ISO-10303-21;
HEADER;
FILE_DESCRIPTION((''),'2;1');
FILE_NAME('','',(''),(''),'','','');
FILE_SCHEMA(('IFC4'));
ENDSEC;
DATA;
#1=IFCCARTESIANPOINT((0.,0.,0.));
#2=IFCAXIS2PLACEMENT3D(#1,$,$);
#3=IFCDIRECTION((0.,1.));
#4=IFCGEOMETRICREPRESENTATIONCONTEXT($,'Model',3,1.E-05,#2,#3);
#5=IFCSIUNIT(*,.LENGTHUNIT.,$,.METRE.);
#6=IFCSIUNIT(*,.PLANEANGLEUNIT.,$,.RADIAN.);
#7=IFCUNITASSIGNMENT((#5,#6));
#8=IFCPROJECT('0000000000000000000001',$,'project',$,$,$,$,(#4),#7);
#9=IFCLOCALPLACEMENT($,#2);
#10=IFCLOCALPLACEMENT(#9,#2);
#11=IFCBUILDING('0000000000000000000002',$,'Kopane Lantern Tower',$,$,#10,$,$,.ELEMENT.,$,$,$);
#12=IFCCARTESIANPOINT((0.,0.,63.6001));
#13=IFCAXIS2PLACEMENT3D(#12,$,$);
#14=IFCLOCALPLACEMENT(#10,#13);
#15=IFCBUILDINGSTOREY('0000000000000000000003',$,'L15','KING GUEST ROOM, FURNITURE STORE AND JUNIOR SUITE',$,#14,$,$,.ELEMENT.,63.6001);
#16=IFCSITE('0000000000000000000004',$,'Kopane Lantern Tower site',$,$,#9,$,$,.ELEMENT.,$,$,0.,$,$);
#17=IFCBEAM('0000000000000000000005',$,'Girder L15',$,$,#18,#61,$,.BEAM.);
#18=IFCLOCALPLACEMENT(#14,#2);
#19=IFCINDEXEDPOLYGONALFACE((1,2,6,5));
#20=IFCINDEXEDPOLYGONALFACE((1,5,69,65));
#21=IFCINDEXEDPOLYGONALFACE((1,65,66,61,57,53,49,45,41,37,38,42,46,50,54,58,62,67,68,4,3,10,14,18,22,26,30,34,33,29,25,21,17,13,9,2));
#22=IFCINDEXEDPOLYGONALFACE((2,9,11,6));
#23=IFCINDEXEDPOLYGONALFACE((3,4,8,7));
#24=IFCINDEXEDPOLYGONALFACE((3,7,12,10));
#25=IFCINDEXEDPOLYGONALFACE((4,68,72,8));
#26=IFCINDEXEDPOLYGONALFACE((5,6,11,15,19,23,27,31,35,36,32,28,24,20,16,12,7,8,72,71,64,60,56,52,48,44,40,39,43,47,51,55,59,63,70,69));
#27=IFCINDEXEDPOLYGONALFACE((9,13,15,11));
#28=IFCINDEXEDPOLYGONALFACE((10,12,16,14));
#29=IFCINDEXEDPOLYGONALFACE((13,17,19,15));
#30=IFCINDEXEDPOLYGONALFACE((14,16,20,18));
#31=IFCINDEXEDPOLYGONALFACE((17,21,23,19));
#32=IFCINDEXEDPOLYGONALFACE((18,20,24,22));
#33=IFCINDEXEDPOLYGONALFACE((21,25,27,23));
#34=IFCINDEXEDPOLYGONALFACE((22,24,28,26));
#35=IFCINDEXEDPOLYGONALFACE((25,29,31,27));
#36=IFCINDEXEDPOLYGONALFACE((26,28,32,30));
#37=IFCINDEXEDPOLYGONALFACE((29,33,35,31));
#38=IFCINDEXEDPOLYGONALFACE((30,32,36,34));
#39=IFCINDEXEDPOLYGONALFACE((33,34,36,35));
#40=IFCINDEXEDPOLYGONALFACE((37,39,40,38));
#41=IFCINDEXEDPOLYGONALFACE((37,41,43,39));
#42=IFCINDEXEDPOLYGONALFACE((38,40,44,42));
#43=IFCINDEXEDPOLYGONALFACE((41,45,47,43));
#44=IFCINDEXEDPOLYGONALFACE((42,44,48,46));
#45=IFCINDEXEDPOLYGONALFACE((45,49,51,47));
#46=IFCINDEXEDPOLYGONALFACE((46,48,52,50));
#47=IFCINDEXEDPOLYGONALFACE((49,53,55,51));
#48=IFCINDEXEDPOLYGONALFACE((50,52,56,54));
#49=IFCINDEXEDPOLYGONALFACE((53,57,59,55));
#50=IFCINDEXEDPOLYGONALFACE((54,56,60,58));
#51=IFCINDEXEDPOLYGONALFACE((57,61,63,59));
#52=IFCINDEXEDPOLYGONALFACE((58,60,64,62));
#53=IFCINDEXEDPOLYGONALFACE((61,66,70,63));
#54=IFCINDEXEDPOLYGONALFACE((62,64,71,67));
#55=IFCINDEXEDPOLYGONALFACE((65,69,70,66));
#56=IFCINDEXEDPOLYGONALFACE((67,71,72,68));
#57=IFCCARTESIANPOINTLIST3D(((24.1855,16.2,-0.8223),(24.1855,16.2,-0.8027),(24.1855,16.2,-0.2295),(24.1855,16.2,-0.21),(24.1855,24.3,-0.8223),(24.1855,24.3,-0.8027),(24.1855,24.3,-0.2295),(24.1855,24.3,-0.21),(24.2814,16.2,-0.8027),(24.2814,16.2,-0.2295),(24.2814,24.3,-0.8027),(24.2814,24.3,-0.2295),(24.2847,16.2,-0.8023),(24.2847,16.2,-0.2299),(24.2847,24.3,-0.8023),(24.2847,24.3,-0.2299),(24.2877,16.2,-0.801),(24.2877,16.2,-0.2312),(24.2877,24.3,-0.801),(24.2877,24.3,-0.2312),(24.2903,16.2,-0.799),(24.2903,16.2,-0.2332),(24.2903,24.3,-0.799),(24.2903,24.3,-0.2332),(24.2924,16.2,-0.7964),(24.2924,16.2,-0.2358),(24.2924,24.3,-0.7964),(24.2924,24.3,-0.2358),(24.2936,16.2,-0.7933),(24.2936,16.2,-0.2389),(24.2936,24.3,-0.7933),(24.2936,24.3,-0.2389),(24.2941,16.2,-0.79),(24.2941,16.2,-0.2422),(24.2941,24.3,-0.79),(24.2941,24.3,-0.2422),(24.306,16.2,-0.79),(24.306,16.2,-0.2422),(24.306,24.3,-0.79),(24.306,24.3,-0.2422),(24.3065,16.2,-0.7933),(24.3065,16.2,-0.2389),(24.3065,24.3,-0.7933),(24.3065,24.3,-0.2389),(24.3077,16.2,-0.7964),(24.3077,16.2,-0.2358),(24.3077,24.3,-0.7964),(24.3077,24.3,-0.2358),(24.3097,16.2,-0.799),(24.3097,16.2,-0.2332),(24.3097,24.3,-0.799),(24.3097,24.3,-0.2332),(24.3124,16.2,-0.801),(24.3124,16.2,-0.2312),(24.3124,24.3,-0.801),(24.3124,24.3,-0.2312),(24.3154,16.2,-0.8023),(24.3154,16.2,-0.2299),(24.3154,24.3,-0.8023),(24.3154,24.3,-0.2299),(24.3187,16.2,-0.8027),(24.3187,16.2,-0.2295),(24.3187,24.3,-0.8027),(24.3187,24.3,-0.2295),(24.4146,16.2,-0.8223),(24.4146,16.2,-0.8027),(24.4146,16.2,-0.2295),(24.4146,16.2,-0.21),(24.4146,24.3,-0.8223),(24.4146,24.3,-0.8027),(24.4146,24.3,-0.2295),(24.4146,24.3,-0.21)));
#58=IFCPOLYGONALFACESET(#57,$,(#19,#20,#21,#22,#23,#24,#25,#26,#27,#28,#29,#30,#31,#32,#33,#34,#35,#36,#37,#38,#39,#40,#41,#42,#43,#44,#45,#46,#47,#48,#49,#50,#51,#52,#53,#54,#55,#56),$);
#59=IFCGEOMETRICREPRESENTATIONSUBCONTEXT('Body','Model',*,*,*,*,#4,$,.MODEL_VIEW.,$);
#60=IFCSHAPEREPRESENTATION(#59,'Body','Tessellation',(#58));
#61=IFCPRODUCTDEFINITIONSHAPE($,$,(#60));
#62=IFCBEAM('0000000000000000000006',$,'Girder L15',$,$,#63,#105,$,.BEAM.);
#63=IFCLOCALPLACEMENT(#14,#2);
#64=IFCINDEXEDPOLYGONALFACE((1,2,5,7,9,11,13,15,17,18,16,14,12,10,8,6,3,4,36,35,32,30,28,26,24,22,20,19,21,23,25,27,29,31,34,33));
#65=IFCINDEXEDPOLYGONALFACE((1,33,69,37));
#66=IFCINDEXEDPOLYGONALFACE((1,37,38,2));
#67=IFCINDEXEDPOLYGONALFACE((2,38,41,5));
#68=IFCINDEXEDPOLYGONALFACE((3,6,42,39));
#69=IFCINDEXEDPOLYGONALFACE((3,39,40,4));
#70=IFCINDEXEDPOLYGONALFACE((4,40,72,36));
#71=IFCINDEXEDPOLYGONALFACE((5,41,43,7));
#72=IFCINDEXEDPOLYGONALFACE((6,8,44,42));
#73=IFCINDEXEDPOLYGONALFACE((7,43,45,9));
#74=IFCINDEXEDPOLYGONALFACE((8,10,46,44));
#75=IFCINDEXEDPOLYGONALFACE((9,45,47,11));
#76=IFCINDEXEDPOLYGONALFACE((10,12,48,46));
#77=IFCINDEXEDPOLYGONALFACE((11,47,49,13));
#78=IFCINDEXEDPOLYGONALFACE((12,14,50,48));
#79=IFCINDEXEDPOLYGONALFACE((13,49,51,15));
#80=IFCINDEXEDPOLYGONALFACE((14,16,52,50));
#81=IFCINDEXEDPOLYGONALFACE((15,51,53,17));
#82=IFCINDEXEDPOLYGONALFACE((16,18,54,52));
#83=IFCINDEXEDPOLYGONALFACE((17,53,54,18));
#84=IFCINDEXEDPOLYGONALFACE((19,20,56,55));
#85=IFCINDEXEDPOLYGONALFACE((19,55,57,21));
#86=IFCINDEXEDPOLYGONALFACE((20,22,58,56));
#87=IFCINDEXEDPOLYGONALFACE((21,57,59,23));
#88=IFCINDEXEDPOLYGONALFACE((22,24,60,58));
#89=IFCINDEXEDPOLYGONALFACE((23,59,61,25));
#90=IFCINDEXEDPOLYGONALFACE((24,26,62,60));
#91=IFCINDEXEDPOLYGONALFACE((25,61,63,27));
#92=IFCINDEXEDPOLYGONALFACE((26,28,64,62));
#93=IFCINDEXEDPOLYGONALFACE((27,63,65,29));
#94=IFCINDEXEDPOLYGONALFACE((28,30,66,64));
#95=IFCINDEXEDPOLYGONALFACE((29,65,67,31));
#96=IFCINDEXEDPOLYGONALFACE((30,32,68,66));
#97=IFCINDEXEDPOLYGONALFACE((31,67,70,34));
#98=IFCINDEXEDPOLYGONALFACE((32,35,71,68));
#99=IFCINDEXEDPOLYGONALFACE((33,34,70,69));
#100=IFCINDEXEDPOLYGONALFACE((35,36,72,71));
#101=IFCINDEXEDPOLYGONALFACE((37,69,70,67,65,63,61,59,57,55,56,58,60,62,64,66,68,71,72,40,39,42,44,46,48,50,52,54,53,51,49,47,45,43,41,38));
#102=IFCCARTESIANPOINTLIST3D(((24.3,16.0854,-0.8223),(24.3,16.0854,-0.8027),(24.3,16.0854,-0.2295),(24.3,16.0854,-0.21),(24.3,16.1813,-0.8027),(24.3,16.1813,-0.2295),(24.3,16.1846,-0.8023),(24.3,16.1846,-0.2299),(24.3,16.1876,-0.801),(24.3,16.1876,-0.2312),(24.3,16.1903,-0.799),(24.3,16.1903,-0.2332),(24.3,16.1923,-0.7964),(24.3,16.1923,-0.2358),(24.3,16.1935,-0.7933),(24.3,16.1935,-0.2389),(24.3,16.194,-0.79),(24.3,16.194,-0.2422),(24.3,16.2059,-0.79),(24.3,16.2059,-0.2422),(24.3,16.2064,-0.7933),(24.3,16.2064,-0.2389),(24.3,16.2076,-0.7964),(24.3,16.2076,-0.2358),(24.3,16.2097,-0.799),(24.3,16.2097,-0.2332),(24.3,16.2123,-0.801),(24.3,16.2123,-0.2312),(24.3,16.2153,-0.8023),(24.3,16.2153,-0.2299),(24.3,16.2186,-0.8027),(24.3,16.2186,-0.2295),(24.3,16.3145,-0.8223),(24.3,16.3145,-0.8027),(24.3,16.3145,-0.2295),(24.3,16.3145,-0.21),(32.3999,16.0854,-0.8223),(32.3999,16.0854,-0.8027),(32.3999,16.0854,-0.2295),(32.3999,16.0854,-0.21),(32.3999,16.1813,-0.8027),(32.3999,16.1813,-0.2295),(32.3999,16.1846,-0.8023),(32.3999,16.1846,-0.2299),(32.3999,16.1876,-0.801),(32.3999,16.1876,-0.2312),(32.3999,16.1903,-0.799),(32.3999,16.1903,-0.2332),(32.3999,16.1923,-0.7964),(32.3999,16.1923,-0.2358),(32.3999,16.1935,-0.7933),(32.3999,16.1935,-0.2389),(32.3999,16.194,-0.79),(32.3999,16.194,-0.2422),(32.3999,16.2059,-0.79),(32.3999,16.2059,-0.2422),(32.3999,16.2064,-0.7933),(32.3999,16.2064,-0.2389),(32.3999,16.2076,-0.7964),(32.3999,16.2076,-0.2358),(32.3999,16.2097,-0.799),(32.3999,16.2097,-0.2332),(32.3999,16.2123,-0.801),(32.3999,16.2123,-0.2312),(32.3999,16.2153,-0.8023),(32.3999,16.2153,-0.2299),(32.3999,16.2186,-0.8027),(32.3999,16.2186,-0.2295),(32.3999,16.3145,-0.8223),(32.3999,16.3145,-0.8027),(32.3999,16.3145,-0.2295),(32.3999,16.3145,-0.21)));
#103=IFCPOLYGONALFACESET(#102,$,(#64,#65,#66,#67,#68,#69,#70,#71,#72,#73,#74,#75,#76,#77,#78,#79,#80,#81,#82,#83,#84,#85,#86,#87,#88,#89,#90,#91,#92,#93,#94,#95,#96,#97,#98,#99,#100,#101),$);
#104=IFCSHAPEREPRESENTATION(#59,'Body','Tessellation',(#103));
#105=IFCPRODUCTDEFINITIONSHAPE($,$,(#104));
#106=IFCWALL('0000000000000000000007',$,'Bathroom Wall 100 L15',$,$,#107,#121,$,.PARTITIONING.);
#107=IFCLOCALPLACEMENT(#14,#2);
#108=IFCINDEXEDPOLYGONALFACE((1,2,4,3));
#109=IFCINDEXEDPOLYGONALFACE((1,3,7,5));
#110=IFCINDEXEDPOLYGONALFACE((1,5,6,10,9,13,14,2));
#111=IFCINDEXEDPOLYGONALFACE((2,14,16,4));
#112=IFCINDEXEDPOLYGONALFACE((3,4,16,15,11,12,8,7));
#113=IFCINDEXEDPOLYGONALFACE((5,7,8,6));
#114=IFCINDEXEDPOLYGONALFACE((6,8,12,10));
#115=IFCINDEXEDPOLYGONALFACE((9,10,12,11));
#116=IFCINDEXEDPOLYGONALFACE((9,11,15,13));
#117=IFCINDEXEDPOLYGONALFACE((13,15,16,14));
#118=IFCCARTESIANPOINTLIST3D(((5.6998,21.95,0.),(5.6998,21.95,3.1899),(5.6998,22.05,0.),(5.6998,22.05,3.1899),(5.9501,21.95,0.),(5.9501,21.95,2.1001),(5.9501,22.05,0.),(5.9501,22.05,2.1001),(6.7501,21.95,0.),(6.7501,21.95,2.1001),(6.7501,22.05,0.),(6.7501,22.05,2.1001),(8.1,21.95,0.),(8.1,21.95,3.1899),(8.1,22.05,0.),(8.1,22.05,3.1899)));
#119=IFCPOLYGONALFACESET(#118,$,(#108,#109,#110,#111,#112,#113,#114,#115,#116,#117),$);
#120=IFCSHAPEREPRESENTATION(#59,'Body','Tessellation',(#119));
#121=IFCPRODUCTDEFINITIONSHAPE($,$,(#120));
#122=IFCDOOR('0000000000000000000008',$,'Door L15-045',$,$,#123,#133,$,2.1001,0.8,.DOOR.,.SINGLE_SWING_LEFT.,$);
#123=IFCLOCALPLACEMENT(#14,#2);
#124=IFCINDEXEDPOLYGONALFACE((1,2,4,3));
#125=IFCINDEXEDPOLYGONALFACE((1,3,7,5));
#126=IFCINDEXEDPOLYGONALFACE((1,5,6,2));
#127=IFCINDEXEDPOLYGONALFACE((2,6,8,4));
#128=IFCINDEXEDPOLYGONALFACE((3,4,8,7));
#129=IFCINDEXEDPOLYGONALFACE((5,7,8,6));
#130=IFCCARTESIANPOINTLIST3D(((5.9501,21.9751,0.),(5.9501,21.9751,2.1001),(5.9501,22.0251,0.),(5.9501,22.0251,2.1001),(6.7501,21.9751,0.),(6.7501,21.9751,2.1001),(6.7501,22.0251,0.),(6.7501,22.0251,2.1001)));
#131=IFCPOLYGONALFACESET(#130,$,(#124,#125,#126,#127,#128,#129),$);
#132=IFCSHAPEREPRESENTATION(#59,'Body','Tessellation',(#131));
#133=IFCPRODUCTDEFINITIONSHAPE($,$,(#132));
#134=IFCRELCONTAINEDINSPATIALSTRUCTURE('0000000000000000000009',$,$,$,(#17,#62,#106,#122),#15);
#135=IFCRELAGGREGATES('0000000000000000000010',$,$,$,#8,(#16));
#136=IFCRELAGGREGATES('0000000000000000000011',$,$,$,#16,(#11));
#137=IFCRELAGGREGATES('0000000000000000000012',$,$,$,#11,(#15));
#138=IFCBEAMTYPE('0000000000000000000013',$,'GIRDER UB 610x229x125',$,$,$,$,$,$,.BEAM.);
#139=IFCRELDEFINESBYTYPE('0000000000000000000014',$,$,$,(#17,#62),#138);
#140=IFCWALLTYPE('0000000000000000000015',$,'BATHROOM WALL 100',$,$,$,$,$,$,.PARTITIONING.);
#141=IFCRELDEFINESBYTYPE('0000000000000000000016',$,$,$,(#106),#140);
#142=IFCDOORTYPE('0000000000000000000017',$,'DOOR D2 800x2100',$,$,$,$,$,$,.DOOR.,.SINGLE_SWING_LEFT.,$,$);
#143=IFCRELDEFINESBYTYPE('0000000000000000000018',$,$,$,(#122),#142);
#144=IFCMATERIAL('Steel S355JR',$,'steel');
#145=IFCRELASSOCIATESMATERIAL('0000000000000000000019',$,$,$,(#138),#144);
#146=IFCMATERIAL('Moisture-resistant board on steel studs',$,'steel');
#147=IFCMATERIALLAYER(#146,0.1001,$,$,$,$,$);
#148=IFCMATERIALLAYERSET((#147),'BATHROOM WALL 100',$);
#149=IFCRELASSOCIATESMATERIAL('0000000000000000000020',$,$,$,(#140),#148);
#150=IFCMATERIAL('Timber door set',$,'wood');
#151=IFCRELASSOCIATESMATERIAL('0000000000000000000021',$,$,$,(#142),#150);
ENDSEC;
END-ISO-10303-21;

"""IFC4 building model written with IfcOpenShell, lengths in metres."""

from ifc_helpers import new_model, si_unit, direction, frame, frame_2d, origin, origin_2d, place, context, subcontext, project, spatial, rectangle, i_section, extrude, material, layer, layer_set, material_profile, profile_set, type_object, element, fill, save


model = new_model("IFC4")

# Units and contexts
model_context = context("Model", 3, precision=1e-05, world=origin(), true_north=direction((0.0, 1.0)))
body_context = subcontext(model_context, "Body", "Model", "MODEL_VIEW")
ifc_project = project(units=[si_unit("LENGTHUNIT", "METRE"), si_unit("PLANEANGLEUNIT", "RADIAN")], contexts=[model_context])

# Site, building, storey
site_placement = place(None, origin())
site = spatial("IfcSite", under=ifc_project, at=site_placement, Name="Kopane Lantern Tower site", CompositionType="ELEMENT", RefElevation=0.0)
building_placement = place(site_placement, origin())
building = spatial("IfcBuilding", under=site, at=building_placement, Name="Kopane Lantern Tower", CompositionType="ELEMENT")
storey_placement = place(building_placement, frame((0.0, 0.0, 63.6001)))
storey = spatial("IfcBuildingStorey", under=building, at=storey_placement, Name="L15", Description="KING GUEST ROOM, FURNITURE STORE AND JUNIOR SUITE", CompositionType="ELEMENT", Elevation=63.6001)

# Beams
ifc_material_1 = material(Name="Steel S355JR", Category="steel")
ifc_material_profile_1 = material_profile(ifc_material_1, i_section(OverallWidth=0.229, OverallDepth=0.6123, WebThickness=0.012, FlangeThickness=0.0195, FilletRadius=0.0127, at=origin_2d()), Name="UB 610x229x125")
ifc_profile_set_1 = profile_set([ifc_material_profile_1], Name="Steel S355JR")
beam_type = type_object("IfcBeamType", Name="GIRDER UB 610x229x125", PredefinedType="BEAM", material=ifc_profile_set_1)
for number, where, z_axis, x_axis, name in (
    (1, (24.3, 16.2, -0.5161), (0.0, 1.0, 0.0), (-1.0, 0.0, 0.0), "Girder L15"),
):
    element("IfcBeam", number, at=place(storey_placement, frame(where, z_axis=z_axis, x_axis=x_axis)), inside=storey, type_object=beam_type, Name=name, PredefinedType="BEAM", context=body_context, shape_type="SweptSolid", body=[
        extrude(i_section(OverallWidth=0.229, OverallDepth=0.6123, WebThickness=0.012, FlangeThickness=0.0195, FilletRadius=0.0127, at=origin_2d()), origin(), (0.0, 0.0, 1.0), 8.1001),
    ])
beam_1_placement = place(storey_placement, frame((24.3, 16.2, -0.5161), z_axis=(1.0, 0.0, 0.0), x_axis=(0.0, 1.0, 0.0)))
element("IfcBeam", 2, at=beam_1_placement, inside=storey, type_object=beam_type, Name="Girder L15", PredefinedType="BEAM", context=body_context, shape_type="SweptSolid", body=[
    extrude(i_section(OverallWidth=0.229, OverallDepth=0.6123, WebThickness=0.012, FlangeThickness=0.0195, FilletRadius=0.0127, at=origin_2d()), origin(), (0.0, 0.0, 1.0), 8.0999),
])

# Wall, opening, door
ifc_material_2 = material(Name="Moisture-resistant board on steel studs", Category="steel")
ifc_layer_1 = layer(ifc_material_2, 0.1001)
ifc_layer_set_1 = layer_set([ifc_layer_1], Name="BATHROOM WALL 100")
wall_type_1 = type_object("IfcWallType", Name="BATHROOM WALL 100", PredefinedType="PARTITIONING", material=ifc_layer_set_1)
wall_1_placement = place(storey_placement, frame((8.1001, 22.0, 0.0), z_axis=(0.0, 0.0, 1.0), x_axis=(-1.0, 0.0, 0.0)))
wall_1 = element("IfcWall", 3, at=wall_1_placement, inside=storey, type_object=wall_type_1, Name="Bathroom Wall 100 L15", PredefinedType="PARTITIONING", context=body_context, shape_type="SweptSolid", body=[
    extrude(rectangle(XDim=2.4001, YDim=0.1001, at=frame_2d((1.2002, 0.0))), origin(), (0.0, 0.0, 1.0), 3.1899),
])
opening_1_placement = place(wall_1_placement, frame((1.3501, 0.0, 0.0)))
opening_1 = element("IfcOpeningElement", 4, at=opening_1_placement, cuts=wall_1, PredefinedType="OPENING", context=body_context, shape_type="SweptSolid", body=[
    extrude(rectangle(XDim=0.8, YDim=2.1001, at=frame_2d((0.3999, 1.05))), frame((0.0, 0.0601, 0.0), z_axis=(0.0, -1.0, 0.0), x_axis=(1.0, 0.0, 0.0)), (0.0, 0.0, 1.0), 0.1201),
])
ifc_material_3 = material(Name="Timber door set", Category="wood")
door_type_1 = type_object("IfcDoorType", Name="DOOR D2 800x2100", OperationType="SINGLE_SWING_LEFT", PredefinedType="DOOR", material=ifc_material_3)
door_1_placement = place(opening_1_placement, origin())
door_1 = element("IfcDoor", 5, at=door_1_placement, inside=storey, type_object=door_type_1, Name="Door L15-045", OperationType="SINGLE_SWING_LEFT", OverallHeight=2.1001, OverallWidth=0.8, PredefinedType="DOOR", context=body_context, shape_type="SweptSolid", body=[
    extrude(rectangle(XDim=0.8, YDim=2.1001, at=frame_2d((0.3999, 1.05))), frame((0.0, 0.0249, 0.0), z_axis=(0.0, -1.0, 0.0), x_axis=(1.0, 0.0, 0.0)), (0.0, 0.0, 1.0), 0.05),
])
fill(opening_1, door_1)

save(model, "model.ifc")
